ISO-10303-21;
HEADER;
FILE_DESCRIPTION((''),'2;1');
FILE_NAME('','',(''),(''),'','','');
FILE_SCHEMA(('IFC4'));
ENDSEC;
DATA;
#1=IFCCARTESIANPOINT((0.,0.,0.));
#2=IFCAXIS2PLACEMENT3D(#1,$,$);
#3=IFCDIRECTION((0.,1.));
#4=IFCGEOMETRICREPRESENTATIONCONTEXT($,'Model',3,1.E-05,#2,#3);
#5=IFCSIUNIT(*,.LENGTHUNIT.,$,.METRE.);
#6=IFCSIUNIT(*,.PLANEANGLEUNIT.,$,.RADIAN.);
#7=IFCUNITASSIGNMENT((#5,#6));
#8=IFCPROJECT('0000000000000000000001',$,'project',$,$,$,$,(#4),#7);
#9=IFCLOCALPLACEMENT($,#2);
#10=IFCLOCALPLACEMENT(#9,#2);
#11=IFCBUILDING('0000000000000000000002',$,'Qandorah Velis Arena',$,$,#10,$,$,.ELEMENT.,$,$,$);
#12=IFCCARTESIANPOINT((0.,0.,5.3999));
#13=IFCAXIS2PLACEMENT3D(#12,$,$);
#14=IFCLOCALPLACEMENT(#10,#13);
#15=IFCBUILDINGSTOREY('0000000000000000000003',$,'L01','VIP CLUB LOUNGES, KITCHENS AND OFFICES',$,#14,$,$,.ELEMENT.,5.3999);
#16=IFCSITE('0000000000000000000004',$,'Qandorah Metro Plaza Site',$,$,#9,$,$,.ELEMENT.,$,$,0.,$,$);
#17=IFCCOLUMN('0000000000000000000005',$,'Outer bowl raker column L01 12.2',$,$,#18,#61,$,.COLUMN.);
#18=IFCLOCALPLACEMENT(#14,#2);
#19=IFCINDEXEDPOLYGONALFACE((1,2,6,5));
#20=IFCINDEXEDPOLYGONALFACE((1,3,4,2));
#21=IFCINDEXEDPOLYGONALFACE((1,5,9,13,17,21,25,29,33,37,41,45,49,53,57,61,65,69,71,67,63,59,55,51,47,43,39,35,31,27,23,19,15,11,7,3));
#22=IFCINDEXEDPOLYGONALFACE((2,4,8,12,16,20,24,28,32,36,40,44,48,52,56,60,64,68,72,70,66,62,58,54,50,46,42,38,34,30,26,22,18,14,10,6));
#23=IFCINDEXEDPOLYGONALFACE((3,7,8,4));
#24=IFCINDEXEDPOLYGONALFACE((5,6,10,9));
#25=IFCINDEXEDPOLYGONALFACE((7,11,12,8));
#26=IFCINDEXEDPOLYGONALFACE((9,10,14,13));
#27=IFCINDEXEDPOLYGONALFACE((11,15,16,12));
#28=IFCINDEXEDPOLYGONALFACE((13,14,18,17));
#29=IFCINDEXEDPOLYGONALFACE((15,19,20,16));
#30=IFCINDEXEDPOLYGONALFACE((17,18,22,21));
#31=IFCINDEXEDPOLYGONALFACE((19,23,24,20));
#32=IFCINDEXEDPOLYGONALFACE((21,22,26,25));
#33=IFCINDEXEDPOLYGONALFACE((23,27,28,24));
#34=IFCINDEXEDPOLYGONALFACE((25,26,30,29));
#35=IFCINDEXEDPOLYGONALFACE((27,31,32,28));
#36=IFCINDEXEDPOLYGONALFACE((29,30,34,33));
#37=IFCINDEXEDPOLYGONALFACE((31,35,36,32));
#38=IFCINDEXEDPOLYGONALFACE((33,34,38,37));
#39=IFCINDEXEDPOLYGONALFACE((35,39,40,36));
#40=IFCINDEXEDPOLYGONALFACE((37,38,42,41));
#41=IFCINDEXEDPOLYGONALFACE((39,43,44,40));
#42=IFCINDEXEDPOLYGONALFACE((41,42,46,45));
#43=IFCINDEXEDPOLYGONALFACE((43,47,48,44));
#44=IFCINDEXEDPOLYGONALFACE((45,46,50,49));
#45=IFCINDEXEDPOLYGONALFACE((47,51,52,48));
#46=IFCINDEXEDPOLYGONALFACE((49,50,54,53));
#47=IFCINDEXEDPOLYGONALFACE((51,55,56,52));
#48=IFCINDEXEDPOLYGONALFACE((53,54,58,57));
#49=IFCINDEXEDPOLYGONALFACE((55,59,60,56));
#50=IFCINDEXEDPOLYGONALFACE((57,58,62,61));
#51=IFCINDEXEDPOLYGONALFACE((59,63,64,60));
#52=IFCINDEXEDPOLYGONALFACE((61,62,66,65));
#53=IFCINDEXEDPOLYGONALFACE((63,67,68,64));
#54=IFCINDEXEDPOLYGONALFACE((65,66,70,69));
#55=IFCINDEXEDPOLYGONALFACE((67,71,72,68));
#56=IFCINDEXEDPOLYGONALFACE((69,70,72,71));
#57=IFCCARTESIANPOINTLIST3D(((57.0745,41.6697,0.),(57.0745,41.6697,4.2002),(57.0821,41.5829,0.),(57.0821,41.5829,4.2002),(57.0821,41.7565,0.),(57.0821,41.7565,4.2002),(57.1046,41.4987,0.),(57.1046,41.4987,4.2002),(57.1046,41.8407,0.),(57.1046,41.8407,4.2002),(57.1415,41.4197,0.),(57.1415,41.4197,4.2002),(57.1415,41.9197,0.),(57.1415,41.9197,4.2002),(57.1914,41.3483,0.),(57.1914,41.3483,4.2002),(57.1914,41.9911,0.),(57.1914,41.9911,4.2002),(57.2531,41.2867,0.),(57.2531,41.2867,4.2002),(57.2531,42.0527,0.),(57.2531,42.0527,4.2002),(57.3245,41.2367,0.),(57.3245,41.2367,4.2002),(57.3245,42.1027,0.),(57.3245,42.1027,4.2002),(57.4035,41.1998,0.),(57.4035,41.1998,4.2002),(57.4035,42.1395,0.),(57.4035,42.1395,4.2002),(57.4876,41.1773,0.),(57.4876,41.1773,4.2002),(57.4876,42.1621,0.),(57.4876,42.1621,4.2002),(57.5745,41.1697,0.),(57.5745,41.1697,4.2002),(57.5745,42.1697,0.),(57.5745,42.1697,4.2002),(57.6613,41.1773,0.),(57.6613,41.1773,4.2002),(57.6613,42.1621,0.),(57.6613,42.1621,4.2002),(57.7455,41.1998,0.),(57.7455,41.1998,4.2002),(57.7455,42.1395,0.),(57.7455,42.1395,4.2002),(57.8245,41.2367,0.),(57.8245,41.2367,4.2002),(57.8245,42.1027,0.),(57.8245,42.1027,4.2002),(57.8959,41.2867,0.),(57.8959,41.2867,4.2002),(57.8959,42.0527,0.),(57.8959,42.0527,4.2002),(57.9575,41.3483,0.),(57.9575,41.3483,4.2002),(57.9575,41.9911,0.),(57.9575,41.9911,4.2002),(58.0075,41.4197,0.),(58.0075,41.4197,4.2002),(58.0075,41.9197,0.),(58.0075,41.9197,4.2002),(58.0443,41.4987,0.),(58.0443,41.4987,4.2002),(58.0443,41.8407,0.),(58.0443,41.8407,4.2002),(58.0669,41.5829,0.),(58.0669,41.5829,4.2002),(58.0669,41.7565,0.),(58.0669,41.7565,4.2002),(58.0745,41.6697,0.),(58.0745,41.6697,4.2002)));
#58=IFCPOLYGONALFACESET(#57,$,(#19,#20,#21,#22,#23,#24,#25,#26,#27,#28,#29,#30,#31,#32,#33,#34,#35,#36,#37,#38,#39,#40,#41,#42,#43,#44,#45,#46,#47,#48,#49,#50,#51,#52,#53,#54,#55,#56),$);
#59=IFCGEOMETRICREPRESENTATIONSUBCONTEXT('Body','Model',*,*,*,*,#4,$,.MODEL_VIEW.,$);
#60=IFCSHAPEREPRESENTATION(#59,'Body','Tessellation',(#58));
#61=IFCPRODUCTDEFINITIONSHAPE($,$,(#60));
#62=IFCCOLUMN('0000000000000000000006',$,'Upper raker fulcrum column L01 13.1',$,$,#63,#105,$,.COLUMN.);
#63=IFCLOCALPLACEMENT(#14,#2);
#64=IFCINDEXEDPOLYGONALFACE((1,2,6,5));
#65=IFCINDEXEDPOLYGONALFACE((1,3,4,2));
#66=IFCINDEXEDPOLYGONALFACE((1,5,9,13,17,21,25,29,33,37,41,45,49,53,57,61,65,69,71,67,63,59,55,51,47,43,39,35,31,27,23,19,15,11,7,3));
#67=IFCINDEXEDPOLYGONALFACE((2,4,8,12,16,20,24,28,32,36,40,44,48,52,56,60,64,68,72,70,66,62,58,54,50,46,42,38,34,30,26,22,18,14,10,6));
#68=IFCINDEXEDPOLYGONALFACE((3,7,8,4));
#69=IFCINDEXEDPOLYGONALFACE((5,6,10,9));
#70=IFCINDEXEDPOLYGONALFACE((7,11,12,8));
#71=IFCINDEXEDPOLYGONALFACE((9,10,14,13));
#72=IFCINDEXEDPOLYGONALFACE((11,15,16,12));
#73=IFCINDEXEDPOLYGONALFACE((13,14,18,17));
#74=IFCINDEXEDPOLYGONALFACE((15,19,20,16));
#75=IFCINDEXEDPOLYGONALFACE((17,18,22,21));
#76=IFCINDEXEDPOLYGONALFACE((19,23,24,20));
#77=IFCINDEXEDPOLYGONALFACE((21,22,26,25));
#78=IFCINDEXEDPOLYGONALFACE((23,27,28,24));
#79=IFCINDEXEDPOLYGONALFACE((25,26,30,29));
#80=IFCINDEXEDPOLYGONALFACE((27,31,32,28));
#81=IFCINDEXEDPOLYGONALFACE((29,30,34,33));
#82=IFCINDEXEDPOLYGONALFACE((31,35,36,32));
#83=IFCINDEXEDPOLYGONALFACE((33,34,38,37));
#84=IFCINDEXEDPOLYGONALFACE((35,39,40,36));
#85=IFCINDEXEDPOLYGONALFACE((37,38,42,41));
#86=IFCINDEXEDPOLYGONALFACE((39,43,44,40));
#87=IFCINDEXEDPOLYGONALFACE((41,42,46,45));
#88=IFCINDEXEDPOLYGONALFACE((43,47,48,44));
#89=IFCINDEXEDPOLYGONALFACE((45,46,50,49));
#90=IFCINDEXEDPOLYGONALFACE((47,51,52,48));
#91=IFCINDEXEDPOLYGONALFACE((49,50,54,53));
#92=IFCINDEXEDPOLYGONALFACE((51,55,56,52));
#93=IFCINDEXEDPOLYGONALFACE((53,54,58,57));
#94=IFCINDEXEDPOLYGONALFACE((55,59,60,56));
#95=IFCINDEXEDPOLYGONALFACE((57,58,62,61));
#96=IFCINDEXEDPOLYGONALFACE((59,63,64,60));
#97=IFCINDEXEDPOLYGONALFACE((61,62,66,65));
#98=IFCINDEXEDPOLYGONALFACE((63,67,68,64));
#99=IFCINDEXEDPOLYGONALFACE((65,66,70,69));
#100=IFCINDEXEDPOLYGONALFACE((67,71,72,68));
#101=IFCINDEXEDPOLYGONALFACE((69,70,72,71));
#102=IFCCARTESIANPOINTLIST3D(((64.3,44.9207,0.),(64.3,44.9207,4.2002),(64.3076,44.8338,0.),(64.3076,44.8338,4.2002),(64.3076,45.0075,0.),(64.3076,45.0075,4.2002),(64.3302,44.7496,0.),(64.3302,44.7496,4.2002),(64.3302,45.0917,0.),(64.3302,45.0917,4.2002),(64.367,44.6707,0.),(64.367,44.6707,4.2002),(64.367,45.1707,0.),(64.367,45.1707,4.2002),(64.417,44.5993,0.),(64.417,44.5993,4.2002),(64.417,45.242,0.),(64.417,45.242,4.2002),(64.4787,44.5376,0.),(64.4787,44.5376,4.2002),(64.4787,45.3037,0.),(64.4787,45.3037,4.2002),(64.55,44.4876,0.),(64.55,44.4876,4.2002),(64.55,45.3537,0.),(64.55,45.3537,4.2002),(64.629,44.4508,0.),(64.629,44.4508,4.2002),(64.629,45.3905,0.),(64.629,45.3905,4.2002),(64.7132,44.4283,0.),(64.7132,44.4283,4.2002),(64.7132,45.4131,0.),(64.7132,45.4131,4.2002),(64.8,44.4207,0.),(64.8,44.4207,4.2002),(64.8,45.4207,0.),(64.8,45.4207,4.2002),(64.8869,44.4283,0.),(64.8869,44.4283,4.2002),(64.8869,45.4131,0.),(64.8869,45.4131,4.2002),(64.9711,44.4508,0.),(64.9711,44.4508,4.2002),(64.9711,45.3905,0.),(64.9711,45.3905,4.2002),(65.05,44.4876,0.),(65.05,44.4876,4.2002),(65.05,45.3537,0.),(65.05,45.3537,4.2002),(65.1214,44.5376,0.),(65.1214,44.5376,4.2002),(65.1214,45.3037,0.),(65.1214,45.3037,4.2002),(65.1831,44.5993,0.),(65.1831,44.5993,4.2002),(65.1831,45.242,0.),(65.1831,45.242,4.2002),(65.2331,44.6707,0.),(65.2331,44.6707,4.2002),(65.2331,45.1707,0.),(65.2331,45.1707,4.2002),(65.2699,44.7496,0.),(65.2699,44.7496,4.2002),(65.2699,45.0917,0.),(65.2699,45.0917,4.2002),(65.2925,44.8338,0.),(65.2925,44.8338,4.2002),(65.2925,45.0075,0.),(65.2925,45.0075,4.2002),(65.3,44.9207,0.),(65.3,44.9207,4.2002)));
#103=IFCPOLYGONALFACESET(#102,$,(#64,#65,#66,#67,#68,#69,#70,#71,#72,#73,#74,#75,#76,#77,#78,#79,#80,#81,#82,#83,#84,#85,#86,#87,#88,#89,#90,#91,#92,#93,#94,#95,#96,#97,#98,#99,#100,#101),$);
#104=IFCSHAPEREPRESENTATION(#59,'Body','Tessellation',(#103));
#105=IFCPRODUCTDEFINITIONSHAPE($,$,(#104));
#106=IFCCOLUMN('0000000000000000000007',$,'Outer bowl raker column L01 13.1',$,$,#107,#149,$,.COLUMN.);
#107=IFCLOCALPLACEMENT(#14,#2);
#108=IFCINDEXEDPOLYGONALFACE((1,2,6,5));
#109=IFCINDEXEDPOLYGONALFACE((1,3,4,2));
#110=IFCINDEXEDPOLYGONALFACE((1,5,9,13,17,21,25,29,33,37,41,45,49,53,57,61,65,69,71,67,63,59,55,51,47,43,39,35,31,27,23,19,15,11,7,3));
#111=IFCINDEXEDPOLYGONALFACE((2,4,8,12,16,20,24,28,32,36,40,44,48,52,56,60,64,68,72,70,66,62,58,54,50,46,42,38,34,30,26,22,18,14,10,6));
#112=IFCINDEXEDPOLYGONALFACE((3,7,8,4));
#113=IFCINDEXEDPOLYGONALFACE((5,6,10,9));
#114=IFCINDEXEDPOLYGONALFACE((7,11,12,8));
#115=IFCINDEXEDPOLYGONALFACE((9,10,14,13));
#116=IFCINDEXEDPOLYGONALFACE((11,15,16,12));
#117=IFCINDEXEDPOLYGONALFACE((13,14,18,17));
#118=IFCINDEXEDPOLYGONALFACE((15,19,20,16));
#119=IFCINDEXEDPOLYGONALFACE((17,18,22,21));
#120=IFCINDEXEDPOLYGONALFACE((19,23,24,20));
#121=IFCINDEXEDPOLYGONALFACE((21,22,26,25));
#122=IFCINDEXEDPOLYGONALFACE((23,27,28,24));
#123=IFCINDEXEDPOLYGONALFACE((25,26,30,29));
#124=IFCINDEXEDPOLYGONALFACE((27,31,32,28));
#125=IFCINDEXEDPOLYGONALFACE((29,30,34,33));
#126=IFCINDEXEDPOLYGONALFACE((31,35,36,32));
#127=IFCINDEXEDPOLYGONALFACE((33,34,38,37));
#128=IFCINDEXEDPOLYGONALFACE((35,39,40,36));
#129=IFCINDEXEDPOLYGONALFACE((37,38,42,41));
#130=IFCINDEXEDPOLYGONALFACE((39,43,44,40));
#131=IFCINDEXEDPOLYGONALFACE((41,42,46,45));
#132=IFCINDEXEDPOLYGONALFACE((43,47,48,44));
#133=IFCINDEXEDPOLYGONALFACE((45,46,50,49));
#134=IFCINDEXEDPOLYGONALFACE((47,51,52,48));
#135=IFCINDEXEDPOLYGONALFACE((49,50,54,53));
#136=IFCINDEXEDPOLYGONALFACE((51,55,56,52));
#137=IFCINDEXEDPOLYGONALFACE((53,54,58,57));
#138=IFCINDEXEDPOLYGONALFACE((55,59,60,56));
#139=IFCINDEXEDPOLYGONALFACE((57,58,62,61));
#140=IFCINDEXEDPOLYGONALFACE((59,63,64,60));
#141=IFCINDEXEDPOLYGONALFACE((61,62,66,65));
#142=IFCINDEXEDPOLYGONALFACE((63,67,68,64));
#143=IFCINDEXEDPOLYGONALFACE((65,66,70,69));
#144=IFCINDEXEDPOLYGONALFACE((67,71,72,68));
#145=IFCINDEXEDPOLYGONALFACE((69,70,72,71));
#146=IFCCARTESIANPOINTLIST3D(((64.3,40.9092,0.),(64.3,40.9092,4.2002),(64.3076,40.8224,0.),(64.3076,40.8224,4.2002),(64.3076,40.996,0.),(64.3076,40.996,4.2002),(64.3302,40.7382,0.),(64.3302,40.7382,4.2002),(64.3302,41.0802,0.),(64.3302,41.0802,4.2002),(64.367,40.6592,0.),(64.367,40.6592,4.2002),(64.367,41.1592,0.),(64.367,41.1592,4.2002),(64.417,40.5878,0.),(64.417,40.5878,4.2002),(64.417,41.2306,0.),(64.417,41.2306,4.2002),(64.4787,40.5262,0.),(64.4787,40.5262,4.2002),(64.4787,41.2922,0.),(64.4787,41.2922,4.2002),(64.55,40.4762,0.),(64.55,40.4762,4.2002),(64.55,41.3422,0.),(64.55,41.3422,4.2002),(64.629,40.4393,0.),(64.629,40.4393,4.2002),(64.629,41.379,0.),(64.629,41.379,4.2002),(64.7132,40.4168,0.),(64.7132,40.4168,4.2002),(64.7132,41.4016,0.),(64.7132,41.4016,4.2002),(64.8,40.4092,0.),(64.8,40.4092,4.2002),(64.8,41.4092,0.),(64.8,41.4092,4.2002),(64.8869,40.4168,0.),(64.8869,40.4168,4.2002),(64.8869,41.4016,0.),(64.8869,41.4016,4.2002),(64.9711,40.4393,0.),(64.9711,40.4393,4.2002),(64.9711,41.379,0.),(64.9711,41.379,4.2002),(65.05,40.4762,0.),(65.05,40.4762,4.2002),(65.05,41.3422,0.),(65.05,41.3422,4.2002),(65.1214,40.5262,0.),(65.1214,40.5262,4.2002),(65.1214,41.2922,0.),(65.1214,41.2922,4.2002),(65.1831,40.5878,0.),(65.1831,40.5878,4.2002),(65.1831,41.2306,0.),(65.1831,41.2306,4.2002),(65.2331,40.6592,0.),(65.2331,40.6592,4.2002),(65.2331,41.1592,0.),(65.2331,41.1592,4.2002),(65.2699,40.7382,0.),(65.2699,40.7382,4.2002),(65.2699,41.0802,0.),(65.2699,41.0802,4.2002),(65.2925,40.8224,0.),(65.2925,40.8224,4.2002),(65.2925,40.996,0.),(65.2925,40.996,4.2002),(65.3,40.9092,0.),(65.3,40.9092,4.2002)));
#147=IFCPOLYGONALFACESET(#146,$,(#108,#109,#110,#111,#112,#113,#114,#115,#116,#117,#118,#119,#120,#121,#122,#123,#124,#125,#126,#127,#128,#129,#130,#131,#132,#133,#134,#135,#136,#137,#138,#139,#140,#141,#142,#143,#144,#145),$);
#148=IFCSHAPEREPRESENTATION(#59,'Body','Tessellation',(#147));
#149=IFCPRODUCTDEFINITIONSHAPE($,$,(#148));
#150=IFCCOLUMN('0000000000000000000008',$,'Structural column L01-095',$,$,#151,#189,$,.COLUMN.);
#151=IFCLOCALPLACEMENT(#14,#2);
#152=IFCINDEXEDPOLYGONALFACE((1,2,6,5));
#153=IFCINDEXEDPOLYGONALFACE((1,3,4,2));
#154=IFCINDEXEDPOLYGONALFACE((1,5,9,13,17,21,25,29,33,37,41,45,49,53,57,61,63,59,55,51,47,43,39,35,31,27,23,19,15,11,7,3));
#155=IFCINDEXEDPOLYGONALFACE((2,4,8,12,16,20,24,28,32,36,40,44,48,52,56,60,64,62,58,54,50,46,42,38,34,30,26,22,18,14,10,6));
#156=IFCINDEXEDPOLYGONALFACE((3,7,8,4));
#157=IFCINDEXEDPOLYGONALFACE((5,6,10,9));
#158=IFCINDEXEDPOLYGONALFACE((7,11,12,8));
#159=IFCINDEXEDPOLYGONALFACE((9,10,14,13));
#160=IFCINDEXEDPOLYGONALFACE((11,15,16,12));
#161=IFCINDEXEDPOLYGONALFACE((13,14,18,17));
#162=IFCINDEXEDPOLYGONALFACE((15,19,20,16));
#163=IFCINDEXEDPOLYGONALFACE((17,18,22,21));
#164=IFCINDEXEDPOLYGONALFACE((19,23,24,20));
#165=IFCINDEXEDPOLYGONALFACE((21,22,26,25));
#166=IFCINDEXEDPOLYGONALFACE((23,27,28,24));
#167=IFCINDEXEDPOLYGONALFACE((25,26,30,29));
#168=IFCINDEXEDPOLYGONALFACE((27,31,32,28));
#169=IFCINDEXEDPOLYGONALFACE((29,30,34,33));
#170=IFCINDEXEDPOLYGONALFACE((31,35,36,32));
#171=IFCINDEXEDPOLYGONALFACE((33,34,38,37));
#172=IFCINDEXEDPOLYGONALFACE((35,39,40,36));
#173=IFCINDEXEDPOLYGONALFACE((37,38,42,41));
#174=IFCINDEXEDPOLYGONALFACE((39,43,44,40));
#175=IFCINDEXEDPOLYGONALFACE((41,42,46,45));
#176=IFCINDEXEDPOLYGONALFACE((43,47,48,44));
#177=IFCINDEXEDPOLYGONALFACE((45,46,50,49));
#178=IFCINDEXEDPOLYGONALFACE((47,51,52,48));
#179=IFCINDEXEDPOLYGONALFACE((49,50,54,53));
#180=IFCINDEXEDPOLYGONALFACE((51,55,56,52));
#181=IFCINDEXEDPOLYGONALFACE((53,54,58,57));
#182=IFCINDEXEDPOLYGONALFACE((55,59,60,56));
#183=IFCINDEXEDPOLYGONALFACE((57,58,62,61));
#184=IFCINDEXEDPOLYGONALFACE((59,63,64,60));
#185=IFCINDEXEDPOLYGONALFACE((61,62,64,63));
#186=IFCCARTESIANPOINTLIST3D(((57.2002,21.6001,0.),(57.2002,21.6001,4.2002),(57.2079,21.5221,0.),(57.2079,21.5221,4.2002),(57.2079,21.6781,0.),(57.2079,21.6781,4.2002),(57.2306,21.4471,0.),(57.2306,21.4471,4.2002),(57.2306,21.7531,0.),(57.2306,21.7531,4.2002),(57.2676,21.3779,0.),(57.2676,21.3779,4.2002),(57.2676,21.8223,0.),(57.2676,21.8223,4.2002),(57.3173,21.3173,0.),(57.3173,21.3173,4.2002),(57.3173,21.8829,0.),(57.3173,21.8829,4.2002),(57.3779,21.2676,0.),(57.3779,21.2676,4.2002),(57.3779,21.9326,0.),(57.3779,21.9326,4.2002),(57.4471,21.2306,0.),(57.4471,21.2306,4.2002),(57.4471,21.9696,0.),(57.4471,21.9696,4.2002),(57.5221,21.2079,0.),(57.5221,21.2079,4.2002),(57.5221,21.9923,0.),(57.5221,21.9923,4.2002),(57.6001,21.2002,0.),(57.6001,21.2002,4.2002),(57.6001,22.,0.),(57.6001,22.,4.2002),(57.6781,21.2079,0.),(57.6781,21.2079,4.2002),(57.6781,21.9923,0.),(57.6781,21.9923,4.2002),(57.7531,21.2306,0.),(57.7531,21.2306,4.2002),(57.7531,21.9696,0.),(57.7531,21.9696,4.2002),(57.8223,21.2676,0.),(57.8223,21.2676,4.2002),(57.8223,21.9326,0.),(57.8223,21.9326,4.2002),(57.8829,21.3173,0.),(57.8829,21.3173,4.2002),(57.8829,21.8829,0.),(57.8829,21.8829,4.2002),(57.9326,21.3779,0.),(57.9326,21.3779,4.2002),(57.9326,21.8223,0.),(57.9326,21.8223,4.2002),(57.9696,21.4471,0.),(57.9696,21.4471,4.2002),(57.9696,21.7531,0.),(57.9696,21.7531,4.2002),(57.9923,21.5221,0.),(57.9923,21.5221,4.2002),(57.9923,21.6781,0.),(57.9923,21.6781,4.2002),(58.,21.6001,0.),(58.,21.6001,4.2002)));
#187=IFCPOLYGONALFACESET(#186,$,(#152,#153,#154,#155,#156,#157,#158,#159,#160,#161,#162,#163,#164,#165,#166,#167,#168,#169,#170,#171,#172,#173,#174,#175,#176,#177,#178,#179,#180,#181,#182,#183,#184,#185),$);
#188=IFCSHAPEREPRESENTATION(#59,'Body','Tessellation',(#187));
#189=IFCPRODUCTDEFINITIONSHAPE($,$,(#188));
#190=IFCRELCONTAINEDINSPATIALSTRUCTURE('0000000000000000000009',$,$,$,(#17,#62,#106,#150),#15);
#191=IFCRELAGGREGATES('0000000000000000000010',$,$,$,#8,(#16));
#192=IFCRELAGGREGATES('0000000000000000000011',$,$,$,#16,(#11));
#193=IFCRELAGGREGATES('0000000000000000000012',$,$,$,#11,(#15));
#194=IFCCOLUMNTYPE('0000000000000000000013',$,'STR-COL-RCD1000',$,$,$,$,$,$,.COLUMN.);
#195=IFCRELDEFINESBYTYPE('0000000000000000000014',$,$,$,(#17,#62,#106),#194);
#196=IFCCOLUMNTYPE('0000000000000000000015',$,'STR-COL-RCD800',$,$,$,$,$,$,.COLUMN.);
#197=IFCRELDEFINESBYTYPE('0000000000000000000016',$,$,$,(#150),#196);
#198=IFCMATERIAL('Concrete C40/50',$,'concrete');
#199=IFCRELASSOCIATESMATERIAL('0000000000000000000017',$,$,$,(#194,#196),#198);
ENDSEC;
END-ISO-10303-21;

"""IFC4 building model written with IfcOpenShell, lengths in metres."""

from ifc_helpers import new_model, si_unit, direction, frame, origin, origin_2d, place, context, subcontext, project, spatial, circle, extrude, material, material_profile, profile_set, type_object, element, save


model = new_model("IFC4")

# Units and contexts
model_context = context("Model", 3, precision=1e-05, world=origin(), true_north=direction((0.0, 1.0)))
body_context = subcontext(model_context, "Body", "Model", "MODEL_VIEW")
ifc_project = project(units=[si_unit("LENGTHUNIT", "METRE"), si_unit("PLANEANGLEUNIT", "RADIAN")], contexts=[model_context])

# Site, building, storey
site_placement = place(None, origin())
site = spatial("IfcSite", under=ifc_project, at=site_placement, Name="Qandorah Metro Plaza Site", CompositionType="ELEMENT", RefElevation=0.0)
building_placement = place(site_placement, origin())
building = spatial("IfcBuilding", under=site, at=building_placement, Name="Qandorah Velis Arena", CompositionType="ELEMENT")
storey_placement = place(building_placement, frame((0.0, 0.0, 5.3999)))
storey = spatial("IfcBuildingStorey", under=building, at=storey_placement, Name="L01", Description="VIP CLUB LOUNGES, KITCHENS AND OFFICES", CompositionType="ELEMENT", Elevation=5.3999)

# Columns
ifc_material_1 = material(Name="Concrete C40/50", Category="concrete")
ifc_material_profile_1 = material_profile(ifc_material_1, circle(Radius=0.5, at=origin_2d()), Name="RC D1000")
ifc_profile_set_1 = profile_set([ifc_material_profile_1], Name="Concrete C40/50")
column_type_1 = type_object("IfcColumnType", Name="STR-COL-RCD1000", PredefinedType="COLUMN", material=ifc_profile_set_1)
for number, where, z_axis, x_axis, name in (
    (1, (57.5745, 41.6697, 0.0), (0.0, 0.0, 1.0), (1.0, 0.0, 0.0), "Outer bowl raker column L01 12.2"),
    (2, (64.8, 44.9207, 0.0), (0.0, 0.0, 1.0), (1.0, 0.0, 0.0), "Upper raker fulcrum column L01 13.1"),
    (3, (64.8, 40.9092, 0.0), (0.0, 0.0, 1.0), (1.0, 0.0, 0.0), "Outer bowl raker column L01 13.1"),
):
    element("IfcColumn", number, at=place(storey_placement, frame(where, z_axis=z_axis, x_axis=x_axis)), inside=storey, type_object=column_type_1, Name=name, PredefinedType="COLUMN", context=body_context, shape_type="SweptSolid", body=[
        extrude(circle(Radius=0.5, at=origin_2d()), origin(), (0.0, 0.0, 1.0), 4.2002),
    ])
ifc_material_profile_2 = material_profile(ifc_material_1, circle(Radius=0.3999, at=origin_2d()), Name="RC D800")
ifc_profile_set_2 = profile_set([ifc_material_profile_2], Name="Concrete C40/50")
column_type_2 = type_object("IfcColumnType", Name="STR-COL-RCD800", PredefinedType="COLUMN", material=ifc_profile_set_2)
column_1_placement = place(storey_placement, frame((57.6001, 21.6001, 0.0), z_axis=(0.0, 0.0, 1.0), x_axis=(1.0, 0.0, 0.0)))
element("IfcColumn", 4, at=column_1_placement, inside=storey, type_object=column_type_2, Name="Structural column L01-095", PredefinedType="COLUMN", context=body_context, shape_type="SweptSolid", body=[
    extrude(circle(Radius=0.3999, at=origin_2d()), origin(), (0.0, 0.0, 1.0), 4.2002),
])

save(model, "model.ifc")
